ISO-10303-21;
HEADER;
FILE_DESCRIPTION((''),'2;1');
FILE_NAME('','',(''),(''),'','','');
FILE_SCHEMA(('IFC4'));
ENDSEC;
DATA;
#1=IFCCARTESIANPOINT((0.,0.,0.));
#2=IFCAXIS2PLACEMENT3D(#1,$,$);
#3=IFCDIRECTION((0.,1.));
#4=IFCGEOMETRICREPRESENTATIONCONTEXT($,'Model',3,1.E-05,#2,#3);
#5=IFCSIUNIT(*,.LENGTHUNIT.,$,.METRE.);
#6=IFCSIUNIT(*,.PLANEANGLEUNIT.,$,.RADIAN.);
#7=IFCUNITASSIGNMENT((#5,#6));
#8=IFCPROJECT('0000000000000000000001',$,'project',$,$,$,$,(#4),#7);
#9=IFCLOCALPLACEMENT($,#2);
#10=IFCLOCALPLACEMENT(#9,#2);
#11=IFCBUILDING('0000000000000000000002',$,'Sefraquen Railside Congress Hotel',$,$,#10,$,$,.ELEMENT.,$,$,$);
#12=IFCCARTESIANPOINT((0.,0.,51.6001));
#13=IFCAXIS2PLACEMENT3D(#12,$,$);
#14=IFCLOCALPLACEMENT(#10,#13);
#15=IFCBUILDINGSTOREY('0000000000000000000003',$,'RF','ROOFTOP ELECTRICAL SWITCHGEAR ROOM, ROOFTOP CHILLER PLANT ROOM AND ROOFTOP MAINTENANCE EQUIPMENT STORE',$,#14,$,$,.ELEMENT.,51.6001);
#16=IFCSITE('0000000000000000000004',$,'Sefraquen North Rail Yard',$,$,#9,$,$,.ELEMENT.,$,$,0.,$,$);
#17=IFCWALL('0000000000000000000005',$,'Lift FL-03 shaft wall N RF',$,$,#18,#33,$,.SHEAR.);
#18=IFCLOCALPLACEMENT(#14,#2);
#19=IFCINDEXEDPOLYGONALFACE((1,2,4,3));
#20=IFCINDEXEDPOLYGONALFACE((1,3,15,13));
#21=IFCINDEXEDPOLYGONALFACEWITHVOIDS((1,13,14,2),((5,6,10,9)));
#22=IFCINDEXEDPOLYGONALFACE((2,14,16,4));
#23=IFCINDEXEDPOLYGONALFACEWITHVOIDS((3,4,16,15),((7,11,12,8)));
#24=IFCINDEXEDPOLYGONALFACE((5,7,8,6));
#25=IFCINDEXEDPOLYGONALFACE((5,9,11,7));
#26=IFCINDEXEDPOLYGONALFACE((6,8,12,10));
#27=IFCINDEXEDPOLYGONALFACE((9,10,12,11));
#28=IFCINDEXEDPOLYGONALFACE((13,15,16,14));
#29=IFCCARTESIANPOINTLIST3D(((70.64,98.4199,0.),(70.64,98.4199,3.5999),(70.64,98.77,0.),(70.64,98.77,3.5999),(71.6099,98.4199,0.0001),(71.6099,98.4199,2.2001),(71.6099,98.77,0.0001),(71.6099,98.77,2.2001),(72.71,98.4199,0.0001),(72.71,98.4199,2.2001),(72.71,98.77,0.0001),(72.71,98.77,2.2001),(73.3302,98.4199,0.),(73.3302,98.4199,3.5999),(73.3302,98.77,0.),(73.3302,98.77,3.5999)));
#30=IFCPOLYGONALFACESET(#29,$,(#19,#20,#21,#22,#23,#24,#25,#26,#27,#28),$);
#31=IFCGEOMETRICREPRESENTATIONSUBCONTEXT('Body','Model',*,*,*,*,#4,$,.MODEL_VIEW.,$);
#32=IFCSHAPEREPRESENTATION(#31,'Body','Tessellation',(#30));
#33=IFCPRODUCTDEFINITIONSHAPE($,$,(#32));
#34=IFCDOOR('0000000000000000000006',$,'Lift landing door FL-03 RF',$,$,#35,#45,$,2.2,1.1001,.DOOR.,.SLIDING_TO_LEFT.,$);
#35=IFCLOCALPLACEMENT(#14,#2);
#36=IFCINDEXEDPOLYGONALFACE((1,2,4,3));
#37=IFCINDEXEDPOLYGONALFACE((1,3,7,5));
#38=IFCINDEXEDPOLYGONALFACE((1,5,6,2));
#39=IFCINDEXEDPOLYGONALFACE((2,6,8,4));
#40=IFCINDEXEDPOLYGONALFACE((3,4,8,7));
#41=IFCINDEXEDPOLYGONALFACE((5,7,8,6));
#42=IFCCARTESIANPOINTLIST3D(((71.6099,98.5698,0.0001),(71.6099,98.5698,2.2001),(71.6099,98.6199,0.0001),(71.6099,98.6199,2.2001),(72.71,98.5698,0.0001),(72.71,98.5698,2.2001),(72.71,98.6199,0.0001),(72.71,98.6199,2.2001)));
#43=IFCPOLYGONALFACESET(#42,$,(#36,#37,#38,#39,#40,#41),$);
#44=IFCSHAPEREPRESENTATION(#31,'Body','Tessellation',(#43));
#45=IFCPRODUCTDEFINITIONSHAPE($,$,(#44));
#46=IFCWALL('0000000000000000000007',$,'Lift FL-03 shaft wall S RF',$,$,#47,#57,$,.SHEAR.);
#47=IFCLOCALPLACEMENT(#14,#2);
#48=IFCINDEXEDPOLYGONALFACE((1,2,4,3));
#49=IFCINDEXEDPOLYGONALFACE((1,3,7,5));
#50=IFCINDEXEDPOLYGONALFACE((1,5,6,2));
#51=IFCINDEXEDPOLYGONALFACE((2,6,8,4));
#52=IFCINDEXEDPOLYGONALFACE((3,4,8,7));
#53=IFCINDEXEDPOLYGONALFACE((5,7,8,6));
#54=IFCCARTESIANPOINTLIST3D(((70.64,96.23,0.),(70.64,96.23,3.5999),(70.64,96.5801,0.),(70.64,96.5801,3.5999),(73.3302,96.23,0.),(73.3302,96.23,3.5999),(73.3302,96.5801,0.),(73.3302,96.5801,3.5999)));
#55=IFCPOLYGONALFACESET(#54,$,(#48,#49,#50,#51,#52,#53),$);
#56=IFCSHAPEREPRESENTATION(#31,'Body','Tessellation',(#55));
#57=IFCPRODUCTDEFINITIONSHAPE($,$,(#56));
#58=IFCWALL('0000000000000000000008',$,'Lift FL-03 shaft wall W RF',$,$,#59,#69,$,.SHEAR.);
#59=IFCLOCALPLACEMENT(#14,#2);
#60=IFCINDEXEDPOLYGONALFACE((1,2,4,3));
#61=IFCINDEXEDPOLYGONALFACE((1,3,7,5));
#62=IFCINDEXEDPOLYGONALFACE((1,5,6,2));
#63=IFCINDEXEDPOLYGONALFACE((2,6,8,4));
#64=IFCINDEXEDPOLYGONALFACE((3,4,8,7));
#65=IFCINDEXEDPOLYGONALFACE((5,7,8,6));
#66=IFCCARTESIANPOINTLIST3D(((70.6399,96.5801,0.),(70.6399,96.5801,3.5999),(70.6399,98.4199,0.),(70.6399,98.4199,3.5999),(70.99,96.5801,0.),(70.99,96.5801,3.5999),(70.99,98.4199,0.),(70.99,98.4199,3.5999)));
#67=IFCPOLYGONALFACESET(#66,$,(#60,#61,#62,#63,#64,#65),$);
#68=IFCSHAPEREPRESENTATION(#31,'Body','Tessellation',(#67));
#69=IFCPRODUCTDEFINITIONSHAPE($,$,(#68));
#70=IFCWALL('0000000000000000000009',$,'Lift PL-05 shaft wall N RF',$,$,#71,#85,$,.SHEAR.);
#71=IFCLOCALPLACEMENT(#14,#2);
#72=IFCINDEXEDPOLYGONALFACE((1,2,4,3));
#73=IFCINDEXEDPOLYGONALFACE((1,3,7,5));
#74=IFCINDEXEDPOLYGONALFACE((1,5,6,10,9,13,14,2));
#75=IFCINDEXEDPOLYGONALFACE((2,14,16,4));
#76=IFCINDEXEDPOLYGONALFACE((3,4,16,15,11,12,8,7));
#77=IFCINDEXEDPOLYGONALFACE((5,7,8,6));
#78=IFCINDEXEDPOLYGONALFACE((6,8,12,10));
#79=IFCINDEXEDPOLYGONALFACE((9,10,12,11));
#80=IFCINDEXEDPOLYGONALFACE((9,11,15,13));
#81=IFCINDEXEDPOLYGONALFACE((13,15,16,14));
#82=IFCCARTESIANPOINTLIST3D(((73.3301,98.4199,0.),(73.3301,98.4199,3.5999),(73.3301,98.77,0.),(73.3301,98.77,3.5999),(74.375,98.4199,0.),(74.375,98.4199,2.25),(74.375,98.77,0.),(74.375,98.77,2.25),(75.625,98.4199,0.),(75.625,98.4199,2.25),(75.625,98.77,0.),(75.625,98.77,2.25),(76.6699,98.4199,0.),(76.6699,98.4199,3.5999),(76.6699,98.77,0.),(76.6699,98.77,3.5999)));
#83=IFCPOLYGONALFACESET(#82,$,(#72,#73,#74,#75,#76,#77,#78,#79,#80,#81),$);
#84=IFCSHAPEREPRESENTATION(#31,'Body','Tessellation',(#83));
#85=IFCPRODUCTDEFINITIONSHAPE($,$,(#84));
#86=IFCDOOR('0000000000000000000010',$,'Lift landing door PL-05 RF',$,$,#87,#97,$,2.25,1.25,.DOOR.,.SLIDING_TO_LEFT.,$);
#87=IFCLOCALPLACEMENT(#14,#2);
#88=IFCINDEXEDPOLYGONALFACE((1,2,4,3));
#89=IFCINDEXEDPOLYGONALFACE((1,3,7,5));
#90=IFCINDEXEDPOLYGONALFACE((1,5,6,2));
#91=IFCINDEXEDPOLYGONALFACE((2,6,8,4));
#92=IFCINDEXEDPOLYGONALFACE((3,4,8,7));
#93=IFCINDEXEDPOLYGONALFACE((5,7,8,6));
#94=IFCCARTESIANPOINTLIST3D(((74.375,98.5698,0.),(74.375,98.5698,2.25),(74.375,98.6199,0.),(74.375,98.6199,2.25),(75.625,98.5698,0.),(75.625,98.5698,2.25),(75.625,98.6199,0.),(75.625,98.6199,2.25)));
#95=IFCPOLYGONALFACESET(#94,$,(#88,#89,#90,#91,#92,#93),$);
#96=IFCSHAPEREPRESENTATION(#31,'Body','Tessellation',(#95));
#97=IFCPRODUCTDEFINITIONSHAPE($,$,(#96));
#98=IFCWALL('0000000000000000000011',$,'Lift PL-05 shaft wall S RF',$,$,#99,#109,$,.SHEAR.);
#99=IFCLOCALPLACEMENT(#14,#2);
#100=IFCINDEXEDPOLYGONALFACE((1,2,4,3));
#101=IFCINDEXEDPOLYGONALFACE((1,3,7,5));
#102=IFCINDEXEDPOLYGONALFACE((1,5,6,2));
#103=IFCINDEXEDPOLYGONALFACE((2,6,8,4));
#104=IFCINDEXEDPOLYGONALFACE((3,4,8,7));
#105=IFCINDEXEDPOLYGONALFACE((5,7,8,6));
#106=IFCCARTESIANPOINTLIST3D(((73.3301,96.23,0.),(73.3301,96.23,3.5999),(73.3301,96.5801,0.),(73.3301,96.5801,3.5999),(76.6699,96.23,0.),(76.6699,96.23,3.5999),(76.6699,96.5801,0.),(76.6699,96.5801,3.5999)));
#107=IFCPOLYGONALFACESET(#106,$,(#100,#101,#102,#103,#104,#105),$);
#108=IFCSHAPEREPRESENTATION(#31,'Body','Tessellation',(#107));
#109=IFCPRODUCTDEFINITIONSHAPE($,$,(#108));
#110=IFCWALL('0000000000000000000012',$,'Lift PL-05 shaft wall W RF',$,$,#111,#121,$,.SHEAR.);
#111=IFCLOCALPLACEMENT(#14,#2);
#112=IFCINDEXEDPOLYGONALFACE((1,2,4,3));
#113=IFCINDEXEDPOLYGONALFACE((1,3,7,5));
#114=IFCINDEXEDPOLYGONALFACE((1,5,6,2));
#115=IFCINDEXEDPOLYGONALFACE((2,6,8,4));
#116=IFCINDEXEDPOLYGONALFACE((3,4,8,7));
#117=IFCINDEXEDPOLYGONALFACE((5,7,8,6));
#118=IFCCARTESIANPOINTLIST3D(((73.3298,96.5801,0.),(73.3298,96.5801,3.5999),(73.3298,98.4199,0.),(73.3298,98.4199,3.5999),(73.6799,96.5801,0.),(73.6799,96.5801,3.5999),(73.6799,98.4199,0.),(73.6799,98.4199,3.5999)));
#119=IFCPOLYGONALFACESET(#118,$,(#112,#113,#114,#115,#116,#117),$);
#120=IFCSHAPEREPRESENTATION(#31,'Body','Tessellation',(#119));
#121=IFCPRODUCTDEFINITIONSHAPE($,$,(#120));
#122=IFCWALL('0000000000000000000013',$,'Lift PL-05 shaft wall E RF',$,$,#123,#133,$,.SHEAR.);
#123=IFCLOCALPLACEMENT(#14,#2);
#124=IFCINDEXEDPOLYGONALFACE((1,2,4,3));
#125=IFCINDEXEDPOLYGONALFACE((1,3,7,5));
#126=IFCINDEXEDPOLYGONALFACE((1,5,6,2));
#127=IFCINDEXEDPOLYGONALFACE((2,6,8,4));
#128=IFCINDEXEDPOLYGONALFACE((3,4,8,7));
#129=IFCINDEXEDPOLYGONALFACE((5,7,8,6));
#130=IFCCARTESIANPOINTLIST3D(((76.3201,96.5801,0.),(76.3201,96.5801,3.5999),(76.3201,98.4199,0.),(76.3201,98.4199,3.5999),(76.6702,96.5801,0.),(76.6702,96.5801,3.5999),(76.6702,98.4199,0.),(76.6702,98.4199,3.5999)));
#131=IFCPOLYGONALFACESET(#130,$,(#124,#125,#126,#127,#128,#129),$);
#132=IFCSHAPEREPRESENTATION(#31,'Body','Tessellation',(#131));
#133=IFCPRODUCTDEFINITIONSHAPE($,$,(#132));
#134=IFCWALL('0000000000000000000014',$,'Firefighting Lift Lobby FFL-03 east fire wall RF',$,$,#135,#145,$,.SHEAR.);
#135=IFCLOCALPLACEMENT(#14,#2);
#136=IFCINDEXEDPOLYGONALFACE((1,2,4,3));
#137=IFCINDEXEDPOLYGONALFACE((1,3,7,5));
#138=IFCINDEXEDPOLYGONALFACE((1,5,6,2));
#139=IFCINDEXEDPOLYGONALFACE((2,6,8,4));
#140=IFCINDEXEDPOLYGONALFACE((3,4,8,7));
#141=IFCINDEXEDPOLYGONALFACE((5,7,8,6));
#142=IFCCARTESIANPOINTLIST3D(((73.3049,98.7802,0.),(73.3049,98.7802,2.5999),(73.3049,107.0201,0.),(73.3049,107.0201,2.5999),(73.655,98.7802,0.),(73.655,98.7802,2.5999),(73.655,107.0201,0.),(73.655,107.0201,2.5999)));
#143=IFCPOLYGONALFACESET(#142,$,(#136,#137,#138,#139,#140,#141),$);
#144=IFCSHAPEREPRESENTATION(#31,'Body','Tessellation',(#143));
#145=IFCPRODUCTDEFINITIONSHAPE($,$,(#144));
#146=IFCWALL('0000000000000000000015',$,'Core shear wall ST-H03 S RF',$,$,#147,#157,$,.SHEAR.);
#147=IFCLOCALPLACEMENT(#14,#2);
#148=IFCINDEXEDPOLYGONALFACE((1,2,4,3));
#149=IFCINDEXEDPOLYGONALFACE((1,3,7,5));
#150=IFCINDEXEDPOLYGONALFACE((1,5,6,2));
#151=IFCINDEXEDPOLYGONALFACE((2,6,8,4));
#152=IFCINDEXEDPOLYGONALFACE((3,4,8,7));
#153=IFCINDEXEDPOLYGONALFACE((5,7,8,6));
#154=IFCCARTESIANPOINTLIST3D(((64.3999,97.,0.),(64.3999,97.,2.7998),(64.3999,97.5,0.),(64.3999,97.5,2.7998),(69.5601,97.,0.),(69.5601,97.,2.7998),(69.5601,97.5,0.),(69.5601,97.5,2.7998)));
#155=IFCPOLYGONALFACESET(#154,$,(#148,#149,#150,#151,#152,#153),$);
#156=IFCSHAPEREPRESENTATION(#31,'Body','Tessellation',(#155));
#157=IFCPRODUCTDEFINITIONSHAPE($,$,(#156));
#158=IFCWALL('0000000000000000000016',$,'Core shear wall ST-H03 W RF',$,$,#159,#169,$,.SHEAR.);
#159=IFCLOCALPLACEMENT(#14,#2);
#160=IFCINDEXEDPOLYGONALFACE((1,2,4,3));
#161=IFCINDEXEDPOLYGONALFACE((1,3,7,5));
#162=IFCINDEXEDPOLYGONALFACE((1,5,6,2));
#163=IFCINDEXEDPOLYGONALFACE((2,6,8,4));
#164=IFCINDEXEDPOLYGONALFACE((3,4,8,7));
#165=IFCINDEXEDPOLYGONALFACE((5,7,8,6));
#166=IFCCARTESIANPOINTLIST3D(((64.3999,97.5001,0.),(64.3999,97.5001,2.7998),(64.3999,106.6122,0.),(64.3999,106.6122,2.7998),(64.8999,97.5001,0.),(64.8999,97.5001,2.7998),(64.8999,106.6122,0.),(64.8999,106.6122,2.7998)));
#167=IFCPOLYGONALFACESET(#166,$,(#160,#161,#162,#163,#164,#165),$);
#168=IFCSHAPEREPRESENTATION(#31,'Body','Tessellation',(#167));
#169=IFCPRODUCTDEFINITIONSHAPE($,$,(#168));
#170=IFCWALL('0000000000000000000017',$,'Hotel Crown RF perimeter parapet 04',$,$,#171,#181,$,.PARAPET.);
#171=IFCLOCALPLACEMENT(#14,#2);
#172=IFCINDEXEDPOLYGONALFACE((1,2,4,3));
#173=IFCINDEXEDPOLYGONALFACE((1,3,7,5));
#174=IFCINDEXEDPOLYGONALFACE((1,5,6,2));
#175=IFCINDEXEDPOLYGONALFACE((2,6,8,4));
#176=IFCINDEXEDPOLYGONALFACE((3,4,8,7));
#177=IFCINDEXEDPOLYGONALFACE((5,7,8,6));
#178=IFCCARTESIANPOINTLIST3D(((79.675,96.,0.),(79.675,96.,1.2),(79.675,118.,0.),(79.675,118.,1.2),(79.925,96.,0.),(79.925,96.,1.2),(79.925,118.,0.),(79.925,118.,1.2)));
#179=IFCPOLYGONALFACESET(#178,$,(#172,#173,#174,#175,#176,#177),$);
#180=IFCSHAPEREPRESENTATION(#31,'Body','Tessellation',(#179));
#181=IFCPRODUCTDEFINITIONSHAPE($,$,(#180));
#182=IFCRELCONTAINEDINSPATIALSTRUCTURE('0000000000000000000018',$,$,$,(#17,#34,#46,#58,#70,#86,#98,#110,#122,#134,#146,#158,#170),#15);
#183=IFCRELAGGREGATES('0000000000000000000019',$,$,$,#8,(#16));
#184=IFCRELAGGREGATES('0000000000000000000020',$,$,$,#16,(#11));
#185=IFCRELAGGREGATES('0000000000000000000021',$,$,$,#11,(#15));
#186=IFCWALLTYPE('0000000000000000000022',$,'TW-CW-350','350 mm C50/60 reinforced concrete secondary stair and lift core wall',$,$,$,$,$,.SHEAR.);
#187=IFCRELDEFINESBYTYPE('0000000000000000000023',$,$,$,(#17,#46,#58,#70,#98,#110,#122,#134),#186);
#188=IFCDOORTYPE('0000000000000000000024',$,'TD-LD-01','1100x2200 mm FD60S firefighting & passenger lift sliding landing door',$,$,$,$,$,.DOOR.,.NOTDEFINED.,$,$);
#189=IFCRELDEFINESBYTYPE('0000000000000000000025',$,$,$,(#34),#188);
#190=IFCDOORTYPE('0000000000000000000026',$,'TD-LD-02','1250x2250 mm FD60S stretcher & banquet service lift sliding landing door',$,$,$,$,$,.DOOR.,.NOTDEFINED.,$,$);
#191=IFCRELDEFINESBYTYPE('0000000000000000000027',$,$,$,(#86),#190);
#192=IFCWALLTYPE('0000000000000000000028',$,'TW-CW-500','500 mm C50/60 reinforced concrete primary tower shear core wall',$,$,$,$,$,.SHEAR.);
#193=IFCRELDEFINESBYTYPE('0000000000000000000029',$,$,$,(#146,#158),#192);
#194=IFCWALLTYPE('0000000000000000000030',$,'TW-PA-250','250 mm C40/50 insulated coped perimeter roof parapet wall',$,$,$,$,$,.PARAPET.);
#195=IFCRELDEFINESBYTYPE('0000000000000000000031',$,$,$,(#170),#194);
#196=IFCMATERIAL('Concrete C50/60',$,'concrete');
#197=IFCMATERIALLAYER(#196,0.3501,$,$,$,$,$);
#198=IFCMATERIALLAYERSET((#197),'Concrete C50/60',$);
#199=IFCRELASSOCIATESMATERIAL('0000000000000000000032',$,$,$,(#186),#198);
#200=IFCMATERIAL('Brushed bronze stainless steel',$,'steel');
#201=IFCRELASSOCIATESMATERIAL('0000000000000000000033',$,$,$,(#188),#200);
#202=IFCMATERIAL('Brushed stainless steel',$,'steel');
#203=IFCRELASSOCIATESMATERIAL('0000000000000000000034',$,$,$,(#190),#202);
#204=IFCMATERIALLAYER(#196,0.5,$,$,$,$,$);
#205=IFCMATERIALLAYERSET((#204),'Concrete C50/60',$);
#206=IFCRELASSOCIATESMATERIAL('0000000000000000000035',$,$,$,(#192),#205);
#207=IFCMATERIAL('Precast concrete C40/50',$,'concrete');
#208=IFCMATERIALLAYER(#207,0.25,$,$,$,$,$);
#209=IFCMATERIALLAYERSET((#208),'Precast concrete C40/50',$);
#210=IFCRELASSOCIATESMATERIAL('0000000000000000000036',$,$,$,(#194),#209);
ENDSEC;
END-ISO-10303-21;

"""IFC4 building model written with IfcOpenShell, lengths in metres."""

from ifc_helpers import new_model, si_unit, direction, frame, frame_2d, origin, place, context, subcontext, project, spatial, rectangle, extrude, material, layer, layer_set, type_object, element, fill, save


model = new_model("IFC4")

# Units and contexts
model_context = context("Model", 3, precision=1e-05, world=origin(), true_north=direction((0.0, 1.0)))
body_context = subcontext(model_context, "Body", "Model", "MODEL_VIEW")
ifc_project = project(units=[si_unit("LENGTHUNIT", "METRE"), si_unit("PLANEANGLEUNIT", "RADIAN")], contexts=[model_context])

# Site, building, storey
site_placement = place(None, origin())
site = spatial("IfcSite", under=ifc_project, at=site_placement, Name="Sefraquen North Rail Yard", CompositionType="ELEMENT", RefElevation=0.0)
building_placement = place(site_placement, origin())
building = spatial("IfcBuilding", under=site, at=building_placement, Name="Sefraquen Railside Congress Hotel", CompositionType="ELEMENT")
storey_placement = place(building_placement, frame((0.0, 0.0, 51.6001)))
storey = spatial("IfcBuildingStorey", under=building, at=storey_placement, Name="RF", Description="ROOFTOP ELECTRICAL SWITCHGEAR ROOM, ROOFTOP CHILLER PLANT ROOM AND ROOFTOP MAINTENANCE EQUIPMENT STORE", CompositionType="ELEMENT", Elevation=51.6001)

# Wall, opening, door
ifc_material_1 = material(Name="Concrete C50/60", Category="concrete")
ifc_layer_1 = layer(ifc_material_1, 0.3501)
ifc_layer_set_1 = layer_set([ifc_layer_1], Name="Concrete C50/60")
wall_type_1 = type_object("IfcWallType", Name="TW-CW-350", Description="350 mm C50/60 reinforced concrete secondary stair and lift core wall", PredefinedType="SHEAR", material=ifc_layer_set_1)
wall_1_placement = place(storey_placement, frame((70.6399, 98.595, 0.0), z_axis=(0.0, 0.0, 1.0), x_axis=(1.0, 0.0, 0.0)))
wall_1 = element("IfcWall", 1, at=wall_1_placement, inside=storey, type_object=wall_type_1, Name="Lift FL-03 shaft wall N RF", PredefinedType="SHEAR", context=body_context, shape_type="SweptSolid", body=[
    extrude(rectangle(XDim=2.6902, YDim=0.3501, at=frame_2d((1.3452, 0.0))), origin(), (0.0, 0.0, 1.0), 3.5999),
])
opening_1_placement = place(wall_1_placement, frame((0.97, 0.0, 0.0)))
opening_1 = element("IfcOpeningElement", 2, at=opening_1_placement, cuts=wall_1, PredefinedType="OPENING", context=body_context, shape_type="SweptSolid", body=[
    extrude(rectangle(XDim=1.1001, YDim=2.2, at=frame_2d((0.55, 1.1001))), frame((0.0, 0.1851, 0.0), z_axis=(0.0, -1.0, 0.0), x_axis=(1.0, 0.0, 0.0)), (0.0, 0.0, 1.0), 0.3701),
])
ifc_material_2 = material(Name="Brushed bronze stainless steel", Category="steel")
door_type_1 = type_object("IfcDoorType", Name="TD-LD-01", Description="1100x2200 mm FD60S firefighting & passenger lift sliding landing door", OperationType="NOTDEFINED", PredefinedType="DOOR", material=ifc_material_2)
door_1_placement = place(opening_1_placement, origin())
door_1 = element("IfcDoor", 3, at=door_1_placement, inside=storey, type_object=door_type_1, Name="Lift landing door FL-03 RF", OperationType="SLIDING_TO_LEFT", OverallHeight=2.2, OverallWidth=1.1001, PredefinedType="DOOR", context=body_context, shape_type="SweptSolid", body=[
    extrude(rectangle(XDim=1.1001, YDim=2.2, at=frame_2d((0.55, 1.1001))), frame((0.0, 0.0249, 0.0), z_axis=(0.0, -1.0, 0.0), x_axis=(1.0, 0.0, 0.0)), (0.0, 0.0, 1.0), 0.05),
])
fill(opening_1, door_1)

# Walls
wall_2_placement = place(storey_placement, frame((70.6399, 96.405, 0.0), z_axis=(0.0, 0.0, 1.0), x_axis=(1.0, 0.0, 0.0)))
element("IfcWall", 4, at=wall_2_placement, inside=storey, type_object=wall_type_1, Name="Lift FL-03 shaft wall S RF", PredefinedType="SHEAR", context=body_context, shape_type="SweptSolid", body=[
    extrude(rectangle(XDim=2.6902, YDim=0.3501, at=frame_2d((1.3452, 0.0))), origin(), (0.0, 0.0, 1.0), 3.5999),
])
wall_3_placement = place(storey_placement, frame((70.8149, 96.5801, 0.0), z_axis=(0.0, 0.0, 1.0), x_axis=(0.0, 1.0, 0.0)))
element("IfcWall", 5, at=wall_3_placement, inside=storey, type_object=wall_type_1, Name="Lift FL-03 shaft wall W RF", PredefinedType="SHEAR", context=body_context, shape_type="SweptSolid", body=[
    extrude(rectangle(XDim=1.8398, YDim=0.3501, at=frame_2d((0.9199, 0.0))), origin(), (0.0, 0.0, 1.0), 3.5999),
])

# Wall, opening, door
wall_4_placement = place(storey_placement, frame((73.3301, 98.595, 0.0), z_axis=(0.0, 0.0, 1.0), x_axis=(1.0, 0.0, 0.0)))
wall_4 = element("IfcWall", 6, at=wall_4_placement, inside=storey, type_object=wall_type_1, Name="Lift PL-05 shaft wall N RF", PredefinedType="SHEAR", context=body_context, shape_type="SweptSolid", body=[
    extrude(rectangle(XDim=3.3398, YDim=0.3501, at=frame_2d((1.6699, 0.0))), origin(), (0.0, 0.0, 1.0), 3.5999),
])
opening_2_placement = place(wall_4_placement, frame((1.0449, 0.0, 0.0)))
opening_2 = element("IfcOpeningElement", 7, at=opening_2_placement, cuts=wall_4, PredefinedType="OPENING", context=body_context, shape_type="SweptSolid", body=[
    extrude(rectangle(XDim=1.25, YDim=2.25, at=frame_2d((0.625, 1.125))), frame((0.0, 0.1851, 0.0), z_axis=(0.0, -1.0, 0.0), x_axis=(1.0, 0.0, 0.0)), (0.0, 0.0, 1.0), 0.3701),
])
ifc_material_3 = material(Name="Brushed stainless steel", Category="steel")
door_type_2 = type_object("IfcDoorType", Name="TD-LD-02", Description="1250x2250 mm FD60S stretcher & banquet service lift sliding landing door", OperationType="NOTDEFINED", PredefinedType="DOOR", material=ifc_material_3)
door_2_placement = place(opening_2_placement, origin())
door_2 = element("IfcDoor", 8, at=door_2_placement, inside=storey, type_object=door_type_2, Name="Lift landing door PL-05 RF", OperationType="SLIDING_TO_LEFT", OverallHeight=2.25, OverallWidth=1.25, PredefinedType="DOOR", context=body_context, shape_type="SweptSolid", body=[
    extrude(rectangle(XDim=1.25, YDim=2.25, at=frame_2d((0.625, 1.125))), frame((0.0, 0.0249, 0.0), z_axis=(0.0, -1.0, 0.0), x_axis=(1.0, 0.0, 0.0)), (0.0, 0.0, 1.0), 0.05),
])
fill(opening_2, door_2)

# Walls
wall_5_placement = place(storey_placement, frame((73.3301, 96.405, 0.0), z_axis=(0.0, 0.0, 1.0), x_axis=(1.0, 0.0, 0.0)))
element("IfcWall", 9, at=wall_5_placement, inside=storey, type_object=wall_type_1, Name="Lift PL-05 shaft wall S RF", PredefinedType="SHEAR", context=body_context, shape_type="SweptSolid", body=[
    extrude(rectangle(XDim=3.3398, YDim=0.3501, at=frame_2d((1.6699, 0.0))), origin(), (0.0, 0.0, 1.0), 3.5999),
])
for number, where, z_axis, x_axis, name in (
    (10, (73.5049, 96.5801, 0.0), (0.0, 0.0, 1.0), (0.0, 1.0, 0.0), "Lift PL-05 shaft wall W RF"),
    (11, (76.4951, 96.5801, 0.0), (0.0, 0.0, 1.0), (0.0, 1.0, 0.0), "Lift PL-05 shaft wall E RF"),
):
    element("IfcWall", number, at=place(storey_placement, frame(where, z_axis=z_axis, x_axis=x_axis)), inside=storey, type_object=wall_type_1, Name=name, PredefinedType="SHEAR", context=body_context, shape_type="SweptSolid", body=[
        extrude(rectangle(XDim=1.8398, YDim=0.3501, at=frame_2d((0.9199, 0.0))), origin(), (0.0, 0.0, 1.0), 3.5999),
    ])
wall_6_placement = place(storey_placement, frame((73.48, 98.78, 0.0), z_axis=(0.0, 0.0, 1.0), x_axis=(0.0, 1.0, 0.0)))
element("IfcWall", 12, at=wall_6_placement, inside=storey, type_object=wall_type_1, Name="Firefighting Lift Lobby FFL-03 east fire wall RF", PredefinedType="SHEAR", context=body_context, shape_type="SweptSolid", body=[
    extrude(rectangle(XDim=8.24, YDim=0.3501, at=frame_2d((4.1201, 0.0))), origin(), (0.0, 0.0, 1.0), 2.5999),
])
ifc_layer_2 = layer(ifc_material_1, 0.5)
ifc_layer_set_2 = layer_set([ifc_layer_2], Name="Concrete C50/60")
wall_type_2 = type_object("IfcWallType", Name="TW-CW-500", Description="500 mm C50/60 reinforced concrete primary tower shear core wall", PredefinedType="SHEAR", material=ifc_layer_set_2)
wall_7_placement = place(storey_placement, frame((64.3999, 97.25, 0.0), z_axis=(0.0, 0.0, 1.0), x_axis=(1.0, 0.0, 0.0)))
element("IfcWall", 13, at=wall_7_placement, inside=storey, type_object=wall_type_2, Name="Core shear wall ST-H03 S RF", PredefinedType="SHEAR", context=body_context, shape_type="SweptSolid", body=[
    extrude(rectangle(XDim=5.1602, YDim=0.5, at=frame_2d((2.5801, 0.0))), origin(), (0.0, 0.0, 1.0), 2.7998),
])
wall_8_placement = place(storey_placement, frame((64.6499, 97.5, 0.0), z_axis=(0.0, 0.0, 1.0), x_axis=(0.0, 1.0, 0.0)))
element("IfcWall", 14, at=wall_8_placement, inside=storey, type_object=wall_type_2, Name="Core shear wall ST-H03 W RF", PredefinedType="SHEAR", context=body_context, shape_type="SweptSolid", body=[
    extrude(rectangle(XDim=9.1121, YDim=0.5, at=frame_2d((4.5562, 0.0))), origin(), (0.0, 0.0, 1.0), 2.7998),
])

# Wall
ifc_material_4 = material(Name="Precast concrete C40/50", Category="concrete")
ifc_layer_3 = layer(ifc_material_4, 0.25)
ifc_layer_set_3 = layer_set([ifc_layer_3], Name="Precast concrete C40/50")
wall_type_3 = type_object("IfcWallType", Name="TW-PA-250", Description="250 mm C40/50 insulated coped perimeter roof parapet wall", PredefinedType="PARAPET", material=ifc_layer_set_3)
wall_9_placement = place(storey_placement, frame((79.8, 96.0, 0.0), z_axis=(0.0, 0.0, 1.0), x_axis=(0.0, 1.0, 0.0)))
element("IfcWall", 15, at=wall_9_placement, inside=storey, type_object=wall_type_3, Name="Hotel Crown RF perimeter parapet 04", PredefinedType="PARAPET", context=body_context, shape_type="SweptSolid", body=[
    extrude(rectangle(XDim=22.0, YDim=0.25, at=frame_2d((11.0, 0.0))), origin(), (0.0, 0.0, 1.0), 1.2),
])

save(model, "model.ifc")
